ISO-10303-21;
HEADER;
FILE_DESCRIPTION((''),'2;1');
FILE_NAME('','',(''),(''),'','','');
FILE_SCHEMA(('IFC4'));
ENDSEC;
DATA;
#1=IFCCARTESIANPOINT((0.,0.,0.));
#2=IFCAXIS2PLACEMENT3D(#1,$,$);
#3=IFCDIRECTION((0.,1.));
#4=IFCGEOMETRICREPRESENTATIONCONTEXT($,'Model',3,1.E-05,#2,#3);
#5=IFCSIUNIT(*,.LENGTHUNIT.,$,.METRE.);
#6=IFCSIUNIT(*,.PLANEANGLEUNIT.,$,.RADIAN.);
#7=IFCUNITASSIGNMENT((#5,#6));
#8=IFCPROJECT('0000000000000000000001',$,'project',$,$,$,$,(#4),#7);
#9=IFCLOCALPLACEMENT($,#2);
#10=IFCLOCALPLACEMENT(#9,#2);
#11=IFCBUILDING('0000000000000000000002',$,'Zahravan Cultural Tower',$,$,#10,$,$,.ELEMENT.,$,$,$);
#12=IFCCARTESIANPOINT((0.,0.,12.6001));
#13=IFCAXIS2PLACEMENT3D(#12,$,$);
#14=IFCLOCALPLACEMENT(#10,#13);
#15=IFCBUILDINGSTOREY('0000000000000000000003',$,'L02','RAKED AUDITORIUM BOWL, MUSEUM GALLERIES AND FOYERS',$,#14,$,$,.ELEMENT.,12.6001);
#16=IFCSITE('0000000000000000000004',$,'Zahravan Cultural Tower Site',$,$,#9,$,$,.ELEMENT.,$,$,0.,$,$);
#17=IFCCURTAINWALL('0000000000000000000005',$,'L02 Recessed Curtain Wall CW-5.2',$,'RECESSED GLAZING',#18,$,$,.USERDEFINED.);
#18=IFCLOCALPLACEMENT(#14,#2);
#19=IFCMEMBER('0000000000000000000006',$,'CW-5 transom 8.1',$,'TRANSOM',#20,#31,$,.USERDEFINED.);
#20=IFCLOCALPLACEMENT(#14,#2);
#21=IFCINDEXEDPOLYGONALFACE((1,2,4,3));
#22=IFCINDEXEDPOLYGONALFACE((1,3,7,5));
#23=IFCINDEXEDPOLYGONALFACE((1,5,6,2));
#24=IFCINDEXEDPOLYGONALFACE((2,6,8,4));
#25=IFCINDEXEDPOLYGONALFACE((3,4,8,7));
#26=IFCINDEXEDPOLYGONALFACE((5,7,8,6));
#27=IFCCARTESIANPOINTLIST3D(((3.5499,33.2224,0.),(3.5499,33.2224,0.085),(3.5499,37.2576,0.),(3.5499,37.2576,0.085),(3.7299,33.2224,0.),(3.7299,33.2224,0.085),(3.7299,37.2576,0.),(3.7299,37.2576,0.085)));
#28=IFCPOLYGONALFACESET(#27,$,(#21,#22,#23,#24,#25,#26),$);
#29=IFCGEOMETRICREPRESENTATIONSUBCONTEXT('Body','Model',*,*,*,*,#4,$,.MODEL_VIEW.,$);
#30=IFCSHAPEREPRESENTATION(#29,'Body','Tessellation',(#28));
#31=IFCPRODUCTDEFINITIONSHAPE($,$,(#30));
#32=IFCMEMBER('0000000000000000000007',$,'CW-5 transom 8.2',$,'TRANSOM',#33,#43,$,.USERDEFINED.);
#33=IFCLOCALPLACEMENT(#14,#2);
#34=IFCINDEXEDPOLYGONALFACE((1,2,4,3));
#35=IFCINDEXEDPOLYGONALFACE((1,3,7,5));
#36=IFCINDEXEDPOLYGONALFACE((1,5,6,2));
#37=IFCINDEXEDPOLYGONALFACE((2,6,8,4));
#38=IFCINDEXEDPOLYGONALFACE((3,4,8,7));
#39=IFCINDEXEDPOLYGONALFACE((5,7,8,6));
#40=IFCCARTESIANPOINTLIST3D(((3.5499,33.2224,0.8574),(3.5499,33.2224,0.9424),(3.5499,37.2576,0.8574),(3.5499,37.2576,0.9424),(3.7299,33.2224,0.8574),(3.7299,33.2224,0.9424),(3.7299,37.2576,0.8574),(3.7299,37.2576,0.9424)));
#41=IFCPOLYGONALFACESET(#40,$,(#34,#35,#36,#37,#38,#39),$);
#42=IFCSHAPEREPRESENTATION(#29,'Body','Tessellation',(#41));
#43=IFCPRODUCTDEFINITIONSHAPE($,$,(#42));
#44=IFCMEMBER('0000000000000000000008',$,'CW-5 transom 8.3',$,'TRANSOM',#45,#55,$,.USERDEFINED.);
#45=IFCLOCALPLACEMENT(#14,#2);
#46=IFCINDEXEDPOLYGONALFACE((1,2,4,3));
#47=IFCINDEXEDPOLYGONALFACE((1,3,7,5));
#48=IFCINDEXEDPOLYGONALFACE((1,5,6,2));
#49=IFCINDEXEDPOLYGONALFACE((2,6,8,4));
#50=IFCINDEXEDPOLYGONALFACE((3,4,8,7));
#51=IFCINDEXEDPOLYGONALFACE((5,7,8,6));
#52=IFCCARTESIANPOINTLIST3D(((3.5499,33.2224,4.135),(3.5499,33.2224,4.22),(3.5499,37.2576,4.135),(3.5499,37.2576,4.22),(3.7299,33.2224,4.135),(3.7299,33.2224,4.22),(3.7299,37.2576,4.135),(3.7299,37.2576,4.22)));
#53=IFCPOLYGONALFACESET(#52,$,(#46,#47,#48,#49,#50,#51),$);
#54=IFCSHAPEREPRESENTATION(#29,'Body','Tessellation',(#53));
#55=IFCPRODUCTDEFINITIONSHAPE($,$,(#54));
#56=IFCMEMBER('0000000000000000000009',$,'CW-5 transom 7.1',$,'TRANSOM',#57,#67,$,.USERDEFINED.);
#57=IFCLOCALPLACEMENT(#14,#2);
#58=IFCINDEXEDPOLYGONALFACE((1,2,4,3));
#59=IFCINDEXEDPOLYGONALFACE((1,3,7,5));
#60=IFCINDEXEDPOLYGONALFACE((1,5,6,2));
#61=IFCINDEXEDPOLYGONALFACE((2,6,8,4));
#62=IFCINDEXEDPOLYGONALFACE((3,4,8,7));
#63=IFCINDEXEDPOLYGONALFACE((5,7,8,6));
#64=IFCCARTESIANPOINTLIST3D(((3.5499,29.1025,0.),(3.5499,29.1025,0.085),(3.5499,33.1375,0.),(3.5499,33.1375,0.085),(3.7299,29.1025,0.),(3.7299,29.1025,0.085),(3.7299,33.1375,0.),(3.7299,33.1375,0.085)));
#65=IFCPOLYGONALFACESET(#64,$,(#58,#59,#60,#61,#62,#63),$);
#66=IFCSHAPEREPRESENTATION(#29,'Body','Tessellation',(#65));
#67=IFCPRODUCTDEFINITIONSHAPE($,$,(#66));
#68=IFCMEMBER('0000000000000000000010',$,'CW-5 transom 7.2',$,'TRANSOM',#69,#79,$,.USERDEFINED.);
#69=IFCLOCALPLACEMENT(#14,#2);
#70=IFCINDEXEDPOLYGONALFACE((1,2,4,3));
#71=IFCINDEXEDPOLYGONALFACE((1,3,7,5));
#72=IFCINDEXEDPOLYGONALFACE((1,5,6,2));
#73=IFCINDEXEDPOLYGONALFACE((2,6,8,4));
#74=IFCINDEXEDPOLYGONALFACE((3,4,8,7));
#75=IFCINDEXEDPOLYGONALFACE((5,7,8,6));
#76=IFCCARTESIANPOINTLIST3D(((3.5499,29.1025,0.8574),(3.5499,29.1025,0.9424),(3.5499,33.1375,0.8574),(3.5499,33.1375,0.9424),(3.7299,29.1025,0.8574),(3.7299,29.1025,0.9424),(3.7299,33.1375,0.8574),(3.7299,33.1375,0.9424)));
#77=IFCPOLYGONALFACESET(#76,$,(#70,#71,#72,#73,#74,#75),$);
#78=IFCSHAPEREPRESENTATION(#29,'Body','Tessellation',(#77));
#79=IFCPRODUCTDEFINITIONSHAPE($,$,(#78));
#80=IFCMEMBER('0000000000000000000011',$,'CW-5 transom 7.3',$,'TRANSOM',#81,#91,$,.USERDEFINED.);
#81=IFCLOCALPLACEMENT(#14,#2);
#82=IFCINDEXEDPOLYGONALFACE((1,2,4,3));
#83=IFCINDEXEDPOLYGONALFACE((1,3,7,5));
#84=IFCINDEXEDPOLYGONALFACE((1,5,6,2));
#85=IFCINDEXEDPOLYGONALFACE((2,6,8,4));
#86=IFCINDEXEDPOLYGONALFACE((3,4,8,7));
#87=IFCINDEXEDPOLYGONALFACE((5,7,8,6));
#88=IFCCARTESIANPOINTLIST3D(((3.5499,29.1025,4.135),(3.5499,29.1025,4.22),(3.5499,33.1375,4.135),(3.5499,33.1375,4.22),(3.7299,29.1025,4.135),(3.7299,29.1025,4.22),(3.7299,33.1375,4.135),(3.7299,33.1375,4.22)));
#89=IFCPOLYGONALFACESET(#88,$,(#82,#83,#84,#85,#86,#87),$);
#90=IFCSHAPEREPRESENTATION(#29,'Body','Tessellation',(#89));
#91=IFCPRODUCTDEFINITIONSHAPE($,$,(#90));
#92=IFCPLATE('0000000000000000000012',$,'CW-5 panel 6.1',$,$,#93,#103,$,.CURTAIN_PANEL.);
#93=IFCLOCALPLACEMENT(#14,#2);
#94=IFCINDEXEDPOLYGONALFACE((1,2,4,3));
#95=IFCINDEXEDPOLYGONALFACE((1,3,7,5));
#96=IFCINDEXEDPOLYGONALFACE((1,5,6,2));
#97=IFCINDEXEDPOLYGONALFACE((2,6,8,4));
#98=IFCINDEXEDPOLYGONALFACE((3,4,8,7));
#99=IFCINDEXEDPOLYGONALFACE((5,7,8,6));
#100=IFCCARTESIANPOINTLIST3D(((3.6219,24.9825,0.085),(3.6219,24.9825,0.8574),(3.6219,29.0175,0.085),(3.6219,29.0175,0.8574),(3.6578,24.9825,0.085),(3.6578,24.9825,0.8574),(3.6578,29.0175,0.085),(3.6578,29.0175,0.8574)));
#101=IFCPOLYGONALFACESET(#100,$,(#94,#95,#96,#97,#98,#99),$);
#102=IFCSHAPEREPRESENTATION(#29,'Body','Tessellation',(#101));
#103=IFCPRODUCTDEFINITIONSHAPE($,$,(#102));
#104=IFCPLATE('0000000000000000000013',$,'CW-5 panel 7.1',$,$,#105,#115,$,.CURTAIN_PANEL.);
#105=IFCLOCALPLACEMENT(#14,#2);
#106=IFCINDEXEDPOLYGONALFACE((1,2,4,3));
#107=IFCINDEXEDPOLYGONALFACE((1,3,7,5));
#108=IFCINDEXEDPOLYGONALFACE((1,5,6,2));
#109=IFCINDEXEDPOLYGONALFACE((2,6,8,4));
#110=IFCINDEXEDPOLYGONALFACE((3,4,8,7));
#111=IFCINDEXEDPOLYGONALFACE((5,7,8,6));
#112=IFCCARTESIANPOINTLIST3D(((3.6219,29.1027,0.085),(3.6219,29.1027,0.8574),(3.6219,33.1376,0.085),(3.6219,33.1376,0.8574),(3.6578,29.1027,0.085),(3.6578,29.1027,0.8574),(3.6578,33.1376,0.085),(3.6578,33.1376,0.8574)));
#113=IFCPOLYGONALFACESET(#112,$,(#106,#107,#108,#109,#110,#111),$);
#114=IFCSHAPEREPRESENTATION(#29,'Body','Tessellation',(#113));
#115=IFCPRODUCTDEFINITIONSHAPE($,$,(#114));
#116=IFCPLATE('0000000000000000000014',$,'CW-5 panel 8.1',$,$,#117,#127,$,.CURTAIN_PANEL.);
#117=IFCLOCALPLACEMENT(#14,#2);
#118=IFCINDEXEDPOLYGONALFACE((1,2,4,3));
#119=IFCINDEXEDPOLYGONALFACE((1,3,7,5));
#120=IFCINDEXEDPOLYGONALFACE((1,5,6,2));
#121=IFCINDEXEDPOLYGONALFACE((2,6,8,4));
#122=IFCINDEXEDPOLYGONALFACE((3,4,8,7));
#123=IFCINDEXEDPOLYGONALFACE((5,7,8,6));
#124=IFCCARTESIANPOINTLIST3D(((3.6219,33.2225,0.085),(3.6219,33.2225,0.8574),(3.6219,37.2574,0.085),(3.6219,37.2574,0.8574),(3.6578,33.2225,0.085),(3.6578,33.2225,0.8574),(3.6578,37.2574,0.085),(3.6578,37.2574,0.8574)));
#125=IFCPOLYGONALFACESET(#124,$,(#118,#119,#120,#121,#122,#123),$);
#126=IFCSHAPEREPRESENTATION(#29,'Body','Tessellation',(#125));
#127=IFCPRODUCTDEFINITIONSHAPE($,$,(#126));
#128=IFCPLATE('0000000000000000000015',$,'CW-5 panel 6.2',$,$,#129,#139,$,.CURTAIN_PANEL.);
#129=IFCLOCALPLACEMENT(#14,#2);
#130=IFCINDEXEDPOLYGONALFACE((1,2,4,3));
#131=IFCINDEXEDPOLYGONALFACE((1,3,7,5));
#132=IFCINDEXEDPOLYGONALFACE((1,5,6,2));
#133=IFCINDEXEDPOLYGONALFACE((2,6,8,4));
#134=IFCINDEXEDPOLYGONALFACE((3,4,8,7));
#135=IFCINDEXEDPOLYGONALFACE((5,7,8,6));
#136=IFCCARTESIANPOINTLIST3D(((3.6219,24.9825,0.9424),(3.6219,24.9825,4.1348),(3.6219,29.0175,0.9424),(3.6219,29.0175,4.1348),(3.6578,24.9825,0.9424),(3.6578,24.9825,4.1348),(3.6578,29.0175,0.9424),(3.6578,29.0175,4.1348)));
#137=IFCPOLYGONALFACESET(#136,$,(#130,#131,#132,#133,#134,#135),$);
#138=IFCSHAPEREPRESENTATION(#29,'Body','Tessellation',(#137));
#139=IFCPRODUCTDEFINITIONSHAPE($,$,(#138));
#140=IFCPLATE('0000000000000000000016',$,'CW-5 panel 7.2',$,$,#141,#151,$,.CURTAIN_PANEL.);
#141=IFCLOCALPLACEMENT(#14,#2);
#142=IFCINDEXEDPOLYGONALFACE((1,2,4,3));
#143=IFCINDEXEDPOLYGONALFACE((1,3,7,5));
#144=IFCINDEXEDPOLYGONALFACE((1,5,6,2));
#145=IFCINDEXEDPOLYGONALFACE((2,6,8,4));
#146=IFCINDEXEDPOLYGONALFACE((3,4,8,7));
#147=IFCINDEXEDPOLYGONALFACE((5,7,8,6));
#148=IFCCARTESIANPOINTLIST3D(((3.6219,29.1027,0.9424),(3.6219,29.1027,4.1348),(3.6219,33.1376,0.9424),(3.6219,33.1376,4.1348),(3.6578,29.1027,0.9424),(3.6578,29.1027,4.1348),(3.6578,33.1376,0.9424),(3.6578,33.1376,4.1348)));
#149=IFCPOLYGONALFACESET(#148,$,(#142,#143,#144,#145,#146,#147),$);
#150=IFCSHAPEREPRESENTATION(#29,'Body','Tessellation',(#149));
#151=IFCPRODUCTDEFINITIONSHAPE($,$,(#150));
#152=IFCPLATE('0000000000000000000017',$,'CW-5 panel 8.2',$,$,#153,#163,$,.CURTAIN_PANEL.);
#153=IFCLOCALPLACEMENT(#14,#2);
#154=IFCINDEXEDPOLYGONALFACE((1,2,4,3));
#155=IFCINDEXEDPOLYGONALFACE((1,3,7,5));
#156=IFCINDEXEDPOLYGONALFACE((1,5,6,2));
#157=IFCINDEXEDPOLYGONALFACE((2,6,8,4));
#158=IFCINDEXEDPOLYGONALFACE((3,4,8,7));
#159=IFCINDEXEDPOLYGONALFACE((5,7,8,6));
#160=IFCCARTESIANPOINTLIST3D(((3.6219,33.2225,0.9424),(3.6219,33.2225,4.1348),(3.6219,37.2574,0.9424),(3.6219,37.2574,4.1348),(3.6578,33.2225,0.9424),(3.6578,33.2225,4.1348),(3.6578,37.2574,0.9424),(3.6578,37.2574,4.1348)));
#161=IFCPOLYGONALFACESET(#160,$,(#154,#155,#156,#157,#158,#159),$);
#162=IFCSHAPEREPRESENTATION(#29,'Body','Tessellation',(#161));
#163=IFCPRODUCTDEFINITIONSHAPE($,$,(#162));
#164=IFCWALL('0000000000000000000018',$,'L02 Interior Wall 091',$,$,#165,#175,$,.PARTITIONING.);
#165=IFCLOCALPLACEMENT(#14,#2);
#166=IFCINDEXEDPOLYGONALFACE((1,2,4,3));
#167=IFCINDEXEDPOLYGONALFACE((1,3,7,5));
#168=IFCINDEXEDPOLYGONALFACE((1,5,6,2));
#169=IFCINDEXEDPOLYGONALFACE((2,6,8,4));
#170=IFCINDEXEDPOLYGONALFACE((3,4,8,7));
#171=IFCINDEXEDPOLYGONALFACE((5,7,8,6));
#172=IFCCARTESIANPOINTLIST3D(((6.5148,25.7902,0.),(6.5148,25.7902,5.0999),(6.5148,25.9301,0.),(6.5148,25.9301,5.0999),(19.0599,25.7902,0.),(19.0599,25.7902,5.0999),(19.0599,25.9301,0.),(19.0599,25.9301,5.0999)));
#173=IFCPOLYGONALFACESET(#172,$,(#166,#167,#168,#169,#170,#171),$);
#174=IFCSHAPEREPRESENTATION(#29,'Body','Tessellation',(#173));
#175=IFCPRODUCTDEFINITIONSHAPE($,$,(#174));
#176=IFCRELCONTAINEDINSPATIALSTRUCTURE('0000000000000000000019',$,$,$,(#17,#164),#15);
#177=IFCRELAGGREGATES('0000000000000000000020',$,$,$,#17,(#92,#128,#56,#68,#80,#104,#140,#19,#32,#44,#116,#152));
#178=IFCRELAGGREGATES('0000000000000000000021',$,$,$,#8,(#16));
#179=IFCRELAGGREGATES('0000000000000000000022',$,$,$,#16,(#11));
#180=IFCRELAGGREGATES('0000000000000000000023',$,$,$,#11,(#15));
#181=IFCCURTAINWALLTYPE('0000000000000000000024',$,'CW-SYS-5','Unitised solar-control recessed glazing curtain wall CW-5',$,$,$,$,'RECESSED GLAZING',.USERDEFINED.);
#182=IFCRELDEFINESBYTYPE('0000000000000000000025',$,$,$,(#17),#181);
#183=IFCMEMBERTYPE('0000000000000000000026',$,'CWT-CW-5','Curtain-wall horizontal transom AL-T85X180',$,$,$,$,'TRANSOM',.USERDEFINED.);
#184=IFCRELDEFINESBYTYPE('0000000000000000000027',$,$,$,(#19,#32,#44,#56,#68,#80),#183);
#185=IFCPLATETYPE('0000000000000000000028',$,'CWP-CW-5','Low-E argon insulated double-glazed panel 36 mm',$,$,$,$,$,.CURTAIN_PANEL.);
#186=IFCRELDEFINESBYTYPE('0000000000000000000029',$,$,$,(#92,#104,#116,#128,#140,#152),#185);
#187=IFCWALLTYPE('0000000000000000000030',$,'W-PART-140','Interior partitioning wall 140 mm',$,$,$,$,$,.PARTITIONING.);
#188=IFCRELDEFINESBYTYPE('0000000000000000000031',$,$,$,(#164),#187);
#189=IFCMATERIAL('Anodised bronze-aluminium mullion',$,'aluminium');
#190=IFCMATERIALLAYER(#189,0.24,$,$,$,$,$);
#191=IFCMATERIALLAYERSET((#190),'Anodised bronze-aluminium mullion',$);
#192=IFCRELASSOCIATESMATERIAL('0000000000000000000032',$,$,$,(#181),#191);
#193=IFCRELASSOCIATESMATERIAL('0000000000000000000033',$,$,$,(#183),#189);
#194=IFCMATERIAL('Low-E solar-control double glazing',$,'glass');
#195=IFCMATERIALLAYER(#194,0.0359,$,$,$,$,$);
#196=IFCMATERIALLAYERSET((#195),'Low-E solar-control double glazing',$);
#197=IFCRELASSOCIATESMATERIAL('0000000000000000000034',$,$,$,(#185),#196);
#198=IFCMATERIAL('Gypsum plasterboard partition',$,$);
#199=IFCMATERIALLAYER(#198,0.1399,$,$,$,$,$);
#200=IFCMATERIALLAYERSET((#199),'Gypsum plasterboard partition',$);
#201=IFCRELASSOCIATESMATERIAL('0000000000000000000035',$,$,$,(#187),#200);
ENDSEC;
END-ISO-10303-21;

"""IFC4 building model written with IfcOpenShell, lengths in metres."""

from ifc_helpers import new_model, si_unit, direction, frame, frame_2d, origin, origin_2d, place, context, subcontext, project, spatial, rectangle, extrude, source, transform, mapped, material, layer, layer_set, material_profile, profile_set, type_object, element, aggregate, save


model = new_model("IFC4")

# Units and contexts
model_context = context("Model", 3, precision=1e-05, world=origin(), true_north=direction((0.0, 1.0)))
body_context = subcontext(model_context, "Body", "Model", "MODEL_VIEW")
ifc_project = project(units=[si_unit("LENGTHUNIT", "METRE"), si_unit("PLANEANGLEUNIT", "RADIAN")], contexts=[model_context])

# Site, building, storey
site_placement = place(None, origin())
site = spatial("IfcSite", under=ifc_project, at=site_placement, Name="Zahravan Cultural Tower Site", CompositionType="ELEMENT", RefElevation=0.0)
building_placement = place(site_placement, origin())
building = spatial("IfcBuilding", under=site, at=building_placement, Name="Zahravan Cultural Tower", CompositionType="ELEMENT")
storey_placement = place(building_placement, frame((0.0, 0.0, 12.6001)))
storey = spatial("IfcBuildingStorey", under=building, at=storey_placement, Name="L02", Description="RAKED AUDITORIUM BOWL, MUSEUM GALLERIES AND FOYERS", CompositionType="ELEMENT", Elevation=12.6001)

# Curtain wall, members, plates
ifc_material_1 = material(Name="Anodised bronze-aluminium mullion", Category="aluminium")
ifc_layer_1 = layer(ifc_material_1, 0.24)
ifc_layer_set_1 = layer_set([ifc_layer_1], Name="Anodised bronze-aluminium mullion")
curtain_wall_type = type_object("IfcCurtainWallType", Name="CW-SYS-5", Description="Unitised solar-control recessed glazing curtain wall CW-5", ElementType="RECESSED GLAZING", PredefinedType="USERDEFINED", material=ifc_layer_set_1)
curtain_wall_placement = place(storey_placement, origin())
curtain_wall = element("IfcCurtainWall", 1, at=curtain_wall_placement, inside=storey, type_object=curtain_wall_type, Name="L02 Recessed Curtain Wall CW-5.2", ObjectType="RECESSED GLAZING", PredefinedType="USERDEFINED")
ifc_material_profile_1 = material_profile(ifc_material_1, rectangle(XDim=0.1799, YDim=0.085, at=origin_2d()), Name="AL-T85X180")
ifc_profile_set_1 = profile_set([ifc_material_profile_1], Name="Anodised bronze-aluminium mullion")
member_type_1 = type_object("IfcMemberType", Name="CWT-CW-5", Description="Curtain-wall horizontal transom AL-T85X180", ElementType="TRANSOM", PredefinedType="USERDEFINED", material=ifc_profile_set_1)
shared_shape_1 = source(origin(), body_context, "Body", "SweptSolid", [
    extrude(rectangle(XDim=0.1799, YDim=0.085, at=origin_2d()), origin(), (0.0, 0.0, 1.0), 4.0352),
])
member_1_placement = place(storey_placement, frame((3.6399, 33.2224, 0.0425), z_axis=(0.0, 1.0, 0.0), x_axis=(-1.0, 0.0, 0.0)))
member_1 = element("IfcMember", 2, at=member_1_placement, type_object=member_type_1, Name="CW-5 transom 8.1", ObjectType="TRANSOM", PredefinedType="USERDEFINED", context=body_context, shape_type="MappedRepresentation", body=[
    mapped(shared_shape_1, transform((0.0, 0.0, 0.0), x_axis=(1.0, 0.0, 0.0), y_axis=(0.0, 1.0, 0.0), z_axis=(0.0, 0.0, 1.0), scale=1.0)),
])
member_2_placement = place(storey_placement, frame((3.6399, 33.2224, 0.8999), z_axis=(0.0, 1.0, 0.0), x_axis=(-1.0, 0.0, 0.0)))
member_2 = element("IfcMember", 3, at=member_2_placement, type_object=member_type_1, Name="CW-5 transom 8.2", ObjectType="TRANSOM", PredefinedType="USERDEFINED", context=body_context, shape_type="MappedRepresentation", body=[
    mapped(shared_shape_1, transform((0.0, 0.0, 0.0), x_axis=(1.0, 0.0, 0.0), y_axis=(0.0, 1.0, 0.0), z_axis=(0.0, 0.0, 1.0), scale=1.0)),
])
member_3_placement = place(storey_placement, frame((3.6399, 33.2224, 4.1775), z_axis=(0.0, 1.0, 0.0), x_axis=(-1.0, 0.0, 0.0)))
member_3 = element("IfcMember", 4, at=member_3_placement, type_object=member_type_1, Name="CW-5 transom 8.3", ObjectType="TRANSOM", PredefinedType="USERDEFINED", context=body_context, shape_type="MappedRepresentation", body=[
    mapped(shared_shape_1, transform((0.0, 0.0, 0.0), x_axis=(1.0, 0.0, 0.0), y_axis=(0.0, 1.0, 0.0), z_axis=(0.0, 0.0, 1.0), scale=1.0)),
])
shared_shape_2 = source(origin(), body_context, "Body", "SweptSolid", [
    extrude(rectangle(XDim=0.1799, YDim=0.085, at=origin_2d()), origin(), (0.0, 0.0, 1.0), 4.0349),
])
member_4_placement = place(storey_placement, frame((3.6399, 29.1025, 0.0425), z_axis=(0.0, 1.0, 0.0), x_axis=(-1.0, 0.0, 0.0)))
member_4 = element("IfcMember", 5, at=member_4_placement, type_object=member_type_1, Name="CW-5 transom 7.1", ObjectType="TRANSOM", PredefinedType="USERDEFINED", context=body_context, shape_type="MappedRepresentation", body=[
    mapped(shared_shape_2, transform((0.0, 0.0, 0.0), x_axis=(1.0, 0.0, 0.0), y_axis=(0.0, 1.0, 0.0), z_axis=(0.0, 0.0, 1.0), scale=1.0)),
])
member_5_placement = place(storey_placement, frame((3.6399, 29.1025, 0.8999), z_axis=(0.0, 1.0, 0.0), x_axis=(-1.0, 0.0, 0.0)))
member_5 = element("IfcMember", 6, at=member_5_placement, type_object=member_type_1, Name="CW-5 transom 7.2", ObjectType="TRANSOM", PredefinedType="USERDEFINED", context=body_context, shape_type="MappedRepresentation", body=[
    mapped(shared_shape_2, transform((0.0, 0.0, 0.0), x_axis=(1.0, 0.0, 0.0), y_axis=(0.0, 1.0, 0.0), z_axis=(0.0, 0.0, 1.0), scale=1.0)),
])
member_6_placement = place(storey_placement, frame((3.6399, 29.1025, 4.1775), z_axis=(0.0, 1.0, 0.0), x_axis=(-1.0, 0.0, 0.0)))
member_6 = element("IfcMember", 7, at=member_6_placement, type_object=member_type_1, Name="CW-5 transom 7.3", ObjectType="TRANSOM", PredefinedType="USERDEFINED", context=body_context, shape_type="MappedRepresentation", body=[
    mapped(shared_shape_2, transform((0.0, 0.0, 0.0), x_axis=(1.0, 0.0, 0.0), y_axis=(0.0, 1.0, 0.0), z_axis=(0.0, 0.0, 1.0), scale=1.0)),
])
ifc_material_2 = material(Name="Low-E solar-control double glazing", Category="glass")
ifc_layer_2 = layer(ifc_material_2, 0.0359)
ifc_layer_set_2 = layer_set([ifc_layer_2], Name="Low-E solar-control double glazing")
plate_type = type_object("IfcPlateType", Name="CWP-CW-5", Description="Low-E argon insulated double-glazed panel 36 mm", PredefinedType="CURTAIN_PANEL", material=ifc_layer_set_2)
shared_shape_3 = source(origin(), body_context, "Body", "SweptSolid", [
    extrude(rectangle(XDim=4.0349, YDim=0.0359, at=origin_2d()), origin(), (0.0, 0.0, 1.0), 0.7725),
])
plate_1_placement = place(storey_placement, frame((3.6399, 27.0, 0.085), z_axis=(0.0, 0.0, 1.0), x_axis=(0.0, 1.0, 0.0)))
plate_1 = element("IfcPlate", 8, at=plate_1_placement, type_object=plate_type, Name="CW-5 panel 6.1", PredefinedType="CURTAIN_PANEL", context=body_context, shape_type="MappedRepresentation", body=[
    mapped(shared_shape_3, transform((0.0, 0.0, 0.0), x_axis=(1.0, 0.0, 0.0), y_axis=(0.0, 1.0, 0.0), z_axis=(0.0, 0.0, 1.0), scale=1.0)),
])
plate_2_placement = place(storey_placement, frame((3.6399, 31.1201, 0.085), z_axis=(0.0, 0.0, 1.0), x_axis=(0.0, 1.0, 0.0)))
plate_2 = element("IfcPlate", 9, at=plate_2_placement, type_object=plate_type, Name="CW-5 panel 7.1", PredefinedType="CURTAIN_PANEL", context=body_context, shape_type="MappedRepresentation", body=[
    mapped(shared_shape_3, transform((0.0, 0.0, 0.0), x_axis=(1.0, 0.0, 0.0), y_axis=(0.0, 1.0, 0.0), z_axis=(0.0, 0.0, 1.0), scale=1.0)),
])
plate_3_placement = place(storey_placement, frame((3.6399, 35.24, 0.085), z_axis=(0.0, 0.0, 1.0), x_axis=(0.0, 1.0, 0.0)))
plate_3 = element("IfcPlate", 10, at=plate_3_placement, type_object=plate_type, Name="CW-5 panel 8.1", PredefinedType="CURTAIN_PANEL", context=body_context, shape_type="MappedRepresentation", body=[
    mapped(shared_shape_3, transform((0.0, 0.0, 0.0), x_axis=(1.0, 0.0, 0.0), y_axis=(0.0, 1.0, 0.0), z_axis=(0.0, 0.0, 1.0), scale=1.0)),
])
shared_shape_4 = source(origin(), body_context, "Body", "SweptSolid", [
    extrude(rectangle(XDim=4.0349, YDim=0.0359, at=origin_2d()), origin(), (0.0, 0.0, 1.0), 3.1924),
])
plate_4_placement = place(storey_placement, frame((3.6399, 27.0, 0.9424), z_axis=(0.0, 0.0, 1.0), x_axis=(0.0, 1.0, 0.0)))
plate_4 = element("IfcPlate", 11, at=plate_4_placement, type_object=plate_type, Name="CW-5 panel 6.2", PredefinedType="CURTAIN_PANEL", context=body_context, shape_type="MappedRepresentation", body=[
    mapped(shared_shape_4, transform((0.0, 0.0, 0.0), x_axis=(1.0, 0.0, 0.0), y_axis=(0.0, 1.0, 0.0), z_axis=(0.0, 0.0, 1.0), scale=1.0)),
])
plate_5_placement = place(storey_placement, frame((3.6399, 31.1201, 0.9424), z_axis=(0.0, 0.0, 1.0), x_axis=(0.0, 1.0, 0.0)))
plate_5 = element("IfcPlate", 12, at=plate_5_placement, type_object=plate_type, Name="CW-5 panel 7.2", PredefinedType="CURTAIN_PANEL", context=body_context, shape_type="MappedRepresentation", body=[
    mapped(shared_shape_4, transform((0.0, 0.0, 0.0), x_axis=(1.0, 0.0, 0.0), y_axis=(0.0, 1.0, 0.0), z_axis=(0.0, 0.0, 1.0), scale=1.0)),
])
plate_6_placement = place(storey_placement, frame((3.6399, 35.24, 0.9424), z_axis=(0.0, 0.0, 1.0), x_axis=(0.0, 1.0, 0.0)))
plate_6 = element("IfcPlate", 13, at=plate_6_placement, type_object=plate_type, Name="CW-5 panel 8.2", PredefinedType="CURTAIN_PANEL", context=body_context, shape_type="MappedRepresentation", body=[
    mapped(shared_shape_4, transform((0.0, 0.0, 0.0), x_axis=(1.0, 0.0, 0.0), y_axis=(0.0, 1.0, 0.0), z_axis=(0.0, 0.0, 1.0), scale=1.0)),
])
aggregate(curtain_wall, [plate_1, plate_4, member_4, member_5, member_6, plate_2, plate_5, member_1, member_2, member_3, plate_3, plate_6])

# Wall
ifc_material_3 = material(Name="Gypsum plasterboard partition")
ifc_layer_3 = layer(ifc_material_3, 0.1399)
ifc_layer_set_3 = layer_set([ifc_layer_3], Name="Gypsum plasterboard partition")
wall_type = type_object("IfcWallType", Name="W-PART-140", Description="Interior partitioning wall 140 mm", PredefinedType="PARTITIONING", material=ifc_layer_set_3)
shared_shape_5 = source(origin(), body_context, "Body", "SweptSolid", [
    extrude(rectangle(XDim=12.5452, YDim=0.1399, at=frame_2d((6.2725, 0.0))), origin(), (0.0, 0.0, 1.0), 5.0999),
])
wall_1_placement = place(storey_placement, frame((6.5149, 25.8601, 0.0), z_axis=(0.0, 0.0, 1.0), x_axis=(1.0, 0.0, 0.0)))
element("IfcWall", 14, at=wall_1_placement, inside=storey, type_object=wall_type, Name="L02 Interior Wall 091", PredefinedType="PARTITIONING", context=body_context, shape_type="MappedRepresentation", body=[
    mapped(shared_shape_5, transform((0.0, 0.0, 0.0), x_axis=(1.0, 0.0, 0.0), y_axis=(0.0, 1.0, 0.0), z_axis=(0.0, 0.0, 1.0), scale=1.0)),
])

save(model, "model.ifc")
